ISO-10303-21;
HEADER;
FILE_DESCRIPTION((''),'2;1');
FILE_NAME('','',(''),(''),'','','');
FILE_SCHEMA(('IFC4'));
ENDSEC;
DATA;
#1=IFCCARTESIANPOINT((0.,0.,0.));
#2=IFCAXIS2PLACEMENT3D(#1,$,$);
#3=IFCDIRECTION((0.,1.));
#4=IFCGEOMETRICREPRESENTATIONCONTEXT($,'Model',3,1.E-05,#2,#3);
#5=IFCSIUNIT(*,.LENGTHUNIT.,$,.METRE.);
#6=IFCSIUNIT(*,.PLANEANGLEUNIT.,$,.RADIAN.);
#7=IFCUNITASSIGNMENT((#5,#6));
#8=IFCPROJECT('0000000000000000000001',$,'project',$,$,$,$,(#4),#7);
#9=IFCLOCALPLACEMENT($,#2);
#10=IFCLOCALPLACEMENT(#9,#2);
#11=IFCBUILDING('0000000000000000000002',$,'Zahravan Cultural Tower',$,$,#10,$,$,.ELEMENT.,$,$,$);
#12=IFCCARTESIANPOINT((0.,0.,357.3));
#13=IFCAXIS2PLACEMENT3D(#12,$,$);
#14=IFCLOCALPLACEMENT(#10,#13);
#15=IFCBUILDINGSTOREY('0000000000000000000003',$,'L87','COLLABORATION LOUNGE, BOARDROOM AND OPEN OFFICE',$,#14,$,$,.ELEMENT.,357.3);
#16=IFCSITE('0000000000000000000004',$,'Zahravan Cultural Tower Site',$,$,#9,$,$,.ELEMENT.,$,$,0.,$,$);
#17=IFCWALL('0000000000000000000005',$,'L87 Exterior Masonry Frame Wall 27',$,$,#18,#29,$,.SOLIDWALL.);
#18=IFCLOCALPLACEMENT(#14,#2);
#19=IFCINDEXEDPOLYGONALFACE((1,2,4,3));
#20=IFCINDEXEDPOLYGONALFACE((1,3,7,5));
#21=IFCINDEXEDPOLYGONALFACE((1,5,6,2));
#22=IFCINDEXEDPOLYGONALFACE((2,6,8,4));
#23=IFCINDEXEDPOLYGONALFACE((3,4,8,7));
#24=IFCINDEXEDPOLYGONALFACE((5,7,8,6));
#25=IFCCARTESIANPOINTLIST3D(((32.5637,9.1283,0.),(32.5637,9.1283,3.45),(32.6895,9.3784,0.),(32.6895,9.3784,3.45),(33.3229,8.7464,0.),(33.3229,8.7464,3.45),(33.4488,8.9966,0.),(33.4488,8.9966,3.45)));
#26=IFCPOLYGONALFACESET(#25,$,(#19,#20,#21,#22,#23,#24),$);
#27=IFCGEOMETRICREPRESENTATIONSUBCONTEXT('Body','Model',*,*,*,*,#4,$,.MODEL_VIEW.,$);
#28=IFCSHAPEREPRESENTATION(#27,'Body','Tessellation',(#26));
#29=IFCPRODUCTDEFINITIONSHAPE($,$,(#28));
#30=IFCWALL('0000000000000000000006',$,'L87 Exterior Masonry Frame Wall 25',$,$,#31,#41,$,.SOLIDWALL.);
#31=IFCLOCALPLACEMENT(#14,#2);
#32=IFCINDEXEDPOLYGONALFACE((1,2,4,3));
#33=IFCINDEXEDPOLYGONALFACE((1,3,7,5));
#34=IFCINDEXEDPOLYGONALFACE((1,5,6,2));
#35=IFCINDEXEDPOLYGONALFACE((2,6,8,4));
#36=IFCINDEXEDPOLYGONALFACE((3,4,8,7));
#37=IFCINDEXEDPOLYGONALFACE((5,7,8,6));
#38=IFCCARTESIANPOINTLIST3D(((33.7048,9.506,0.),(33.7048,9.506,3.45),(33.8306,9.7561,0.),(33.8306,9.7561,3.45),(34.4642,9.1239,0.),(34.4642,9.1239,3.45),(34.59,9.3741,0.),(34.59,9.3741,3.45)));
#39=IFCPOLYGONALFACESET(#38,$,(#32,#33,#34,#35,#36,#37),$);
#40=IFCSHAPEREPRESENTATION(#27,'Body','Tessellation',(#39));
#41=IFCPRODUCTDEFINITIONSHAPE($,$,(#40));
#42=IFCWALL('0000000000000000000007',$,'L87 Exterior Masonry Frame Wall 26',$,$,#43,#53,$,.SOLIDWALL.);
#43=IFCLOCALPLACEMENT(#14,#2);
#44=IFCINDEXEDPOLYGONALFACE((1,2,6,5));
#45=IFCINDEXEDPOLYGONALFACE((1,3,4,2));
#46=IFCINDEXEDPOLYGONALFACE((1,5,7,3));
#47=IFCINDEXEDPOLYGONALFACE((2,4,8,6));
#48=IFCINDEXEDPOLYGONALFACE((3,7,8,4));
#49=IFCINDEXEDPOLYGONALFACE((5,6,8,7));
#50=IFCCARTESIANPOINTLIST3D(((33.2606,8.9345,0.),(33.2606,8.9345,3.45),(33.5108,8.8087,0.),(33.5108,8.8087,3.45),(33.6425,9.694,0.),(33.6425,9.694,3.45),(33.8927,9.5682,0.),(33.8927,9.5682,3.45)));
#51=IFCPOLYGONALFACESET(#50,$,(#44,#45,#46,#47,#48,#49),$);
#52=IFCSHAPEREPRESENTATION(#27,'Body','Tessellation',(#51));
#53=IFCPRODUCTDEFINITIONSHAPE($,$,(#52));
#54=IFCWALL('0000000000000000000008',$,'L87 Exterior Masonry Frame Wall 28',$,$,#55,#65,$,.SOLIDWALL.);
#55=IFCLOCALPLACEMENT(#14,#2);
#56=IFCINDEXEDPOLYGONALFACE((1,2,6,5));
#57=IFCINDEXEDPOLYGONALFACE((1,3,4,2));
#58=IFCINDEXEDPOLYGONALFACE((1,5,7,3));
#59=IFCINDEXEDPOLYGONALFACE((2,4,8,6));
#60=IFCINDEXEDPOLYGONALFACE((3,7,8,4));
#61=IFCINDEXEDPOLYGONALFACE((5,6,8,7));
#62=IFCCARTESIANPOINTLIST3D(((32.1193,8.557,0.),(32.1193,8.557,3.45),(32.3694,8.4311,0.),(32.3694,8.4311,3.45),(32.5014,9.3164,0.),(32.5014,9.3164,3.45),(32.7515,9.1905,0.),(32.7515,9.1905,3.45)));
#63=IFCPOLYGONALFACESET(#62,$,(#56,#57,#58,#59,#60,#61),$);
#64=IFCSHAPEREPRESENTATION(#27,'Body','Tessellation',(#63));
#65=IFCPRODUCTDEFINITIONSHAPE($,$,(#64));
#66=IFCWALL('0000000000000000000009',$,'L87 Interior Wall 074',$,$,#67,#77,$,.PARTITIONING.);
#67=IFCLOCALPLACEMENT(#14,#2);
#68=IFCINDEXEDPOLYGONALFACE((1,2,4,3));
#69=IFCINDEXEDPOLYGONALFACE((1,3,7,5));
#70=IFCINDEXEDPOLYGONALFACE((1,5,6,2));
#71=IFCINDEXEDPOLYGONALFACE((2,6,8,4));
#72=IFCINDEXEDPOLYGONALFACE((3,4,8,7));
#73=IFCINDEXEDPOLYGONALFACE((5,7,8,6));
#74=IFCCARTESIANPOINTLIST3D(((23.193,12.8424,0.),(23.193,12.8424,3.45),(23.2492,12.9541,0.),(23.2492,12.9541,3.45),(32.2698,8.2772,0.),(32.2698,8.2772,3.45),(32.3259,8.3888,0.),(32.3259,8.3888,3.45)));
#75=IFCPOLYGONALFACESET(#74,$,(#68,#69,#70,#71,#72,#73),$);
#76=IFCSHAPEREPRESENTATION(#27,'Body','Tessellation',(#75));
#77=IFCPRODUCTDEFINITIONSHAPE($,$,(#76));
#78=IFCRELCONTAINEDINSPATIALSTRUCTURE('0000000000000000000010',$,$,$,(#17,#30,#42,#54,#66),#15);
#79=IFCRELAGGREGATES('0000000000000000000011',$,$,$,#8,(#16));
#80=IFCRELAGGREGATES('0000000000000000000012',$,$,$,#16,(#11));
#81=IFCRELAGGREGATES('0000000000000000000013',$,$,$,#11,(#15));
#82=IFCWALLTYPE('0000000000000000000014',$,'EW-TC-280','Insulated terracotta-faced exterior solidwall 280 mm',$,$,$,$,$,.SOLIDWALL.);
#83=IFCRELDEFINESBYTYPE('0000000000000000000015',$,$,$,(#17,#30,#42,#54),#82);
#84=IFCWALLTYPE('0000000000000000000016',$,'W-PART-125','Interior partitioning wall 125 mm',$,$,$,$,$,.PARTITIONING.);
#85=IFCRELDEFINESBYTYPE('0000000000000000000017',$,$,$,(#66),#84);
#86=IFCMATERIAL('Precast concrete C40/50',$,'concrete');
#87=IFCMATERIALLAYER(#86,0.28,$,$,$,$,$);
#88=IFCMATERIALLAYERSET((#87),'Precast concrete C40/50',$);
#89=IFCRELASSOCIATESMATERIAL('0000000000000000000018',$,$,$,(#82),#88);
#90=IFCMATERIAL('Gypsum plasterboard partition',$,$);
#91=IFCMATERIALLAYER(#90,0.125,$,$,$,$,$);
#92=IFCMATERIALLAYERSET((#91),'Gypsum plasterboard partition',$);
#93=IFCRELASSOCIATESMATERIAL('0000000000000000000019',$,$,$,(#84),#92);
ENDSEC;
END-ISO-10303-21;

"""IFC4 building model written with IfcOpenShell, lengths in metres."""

from ifc_helpers import new_model, si_unit, direction, frame, frame_2d, origin, place, context, subcontext, project, spatial, rectangle, extrude, source, transform, mapped, material, layer, layer_set, type_object, element, save


model = new_model("IFC4")

# Units and contexts
model_context = context("Model", 3, precision=1e-05, world=origin(), true_north=direction((0.0, 1.0)))
body_context = subcontext(model_context, "Body", "Model", "MODEL_VIEW")
ifc_project = project(units=[si_unit("LENGTHUNIT", "METRE"), si_unit("PLANEANGLEUNIT", "RADIAN")], contexts=[model_context])

# Site, building, storey
site_placement = place(None, origin())
site = spatial("IfcSite", under=ifc_project, at=site_placement, Name="Zahravan Cultural Tower Site", CompositionType="ELEMENT", RefElevation=0.0)
building_placement = place(site_placement, origin())
building = spatial("IfcBuilding", under=site, at=building_placement, Name="Zahravan Cultural Tower", CompositionType="ELEMENT")
storey_placement = place(building_placement, frame((0.0, 0.0, 357.3)))
storey = spatial("IfcBuildingStorey", under=building, at=storey_placement, Name="L87", Description="COLLABORATION LOUNGE, BOARDROOM AND OPEN OFFICE", CompositionType="ELEMENT", Elevation=357.3)

# Walls
ifc_material_1 = material(Name="Precast concrete C40/50", Category="concrete")
ifc_layer_1 = layer(ifc_material_1, 0.28)
ifc_layer_set_1 = layer_set([ifc_layer_1], Name="Precast concrete C40/50")
wall_type_1 = type_object("IfcWallType", Name="EW-TC-280", Description="Insulated terracotta-faced exterior solidwall 280 mm", PredefinedType="SOLIDWALL", material=ifc_layer_set_1)
shared_shape_1 = source(origin(), body_context, "Body", "SweptSolid", [
    extrude(rectangle(XDim=0.8499, YDim=0.28, at=frame_2d((0.4248, 0.0))), origin(), (0.0, 0.0, 1.0), 3.45),
])
wall_1_placement = place(storey_placement, frame((33.3857, 8.8716, 0.0), z_axis=(0.0, 0.0, 1.0), x_axis=(-0.893391, 0.449281, 0.0)))
element("IfcWall", 1, at=wall_1_placement, inside=storey, type_object=wall_type_1, Name="L87 Exterior Masonry Frame Wall 27", PredefinedType="SOLIDWALL", context=body_context, shape_type="MappedRepresentation", body=[
    mapped(shared_shape_1, transform((0.0, 0.0, 0.0), x_axis=(1.0, 0.0, 0.0), y_axis=(0.0, 1.0, 0.0), z_axis=(0.0, 0.0, 1.0), scale=1.0)),
])
shared_shape_2 = source(origin(), body_context, "Body", "SweptSolid", [
    extrude(rectangle(XDim=0.8501, YDim=0.28, at=frame_2d((0.425, 0.0))), origin(), (0.0, 0.0, 1.0), 3.45),
])
for number, where, z_axis, x_axis, name in (
    (2, (34.5271, 9.249, 0.0), (0.0, 0.0, 1.0), (-0.893333, 0.449395, 0.0), "L87 Exterior Masonry Frame Wall 25"),
    (3, (33.7676, 9.6311, 0.0), (0.0, 0.0, 1.0), (-0.449165, -0.893449, 0.0), "L87 Exterior Masonry Frame Wall 26"),
    (4, (32.6265, 9.2534, 0.0), (0.0, 0.0, 1.0), (-0.44951, -0.893275, 0.0), "L87 Exterior Masonry Frame Wall 28"),
):
    element("IfcWall", number, at=place(storey_placement, frame(where, z_axis=z_axis, x_axis=x_axis)), inside=storey, type_object=wall_type_1, Name=name, PredefinedType="SOLIDWALL", context=body_context, shape_type="MappedRepresentation", body=[
        mapped(shared_shape_2, transform((0.0, 0.0, 0.0), x_axis=(1.0, 0.0, 0.0), y_axis=(0.0, 1.0, 0.0), z_axis=(0.0, 0.0, 1.0), scale=1.0)),
    ])
ifc_material_2 = material(Name="Gypsum plasterboard partition")
ifc_layer_2 = layer(ifc_material_2, 0.125)
ifc_layer_set_2 = layer_set([ifc_layer_2], Name="Gypsum plasterboard partition")
wall_type_2 = type_object("IfcWallType", Name="W-PART-125", Description="Interior partitioning wall 125 mm", PredefinedType="PARTITIONING", material=ifc_layer_set_2)
shared_shape_3 = source(origin(), body_context, "Body", "SweptSolid", [
    extrude(rectangle(XDim=10.1602, YDim=0.125, at=frame_2d((5.0801, 0.0))), origin(), (0.0, 0.0, 1.0), 3.45),
])
wall_2_placement = place(storey_placement, frame((32.2979, 8.333, 0.0), z_axis=(0.0, 0.0, 1.0), x_axis=(-0.893367, 0.449327, 0.0)))
element("IfcWall", 5, at=wall_2_placement, inside=storey, type_object=wall_type_2, Name="L87 Interior Wall 074", PredefinedType="PARTITIONING", context=body_context, shape_type="MappedRepresentation", body=[
    mapped(shared_shape_3, transform((0.0, 0.0, 0.0), x_axis=(1.0, 0.0, 0.0), y_axis=(0.0, 1.0, 0.0), z_axis=(0.0, 0.0, 1.0), scale=1.0)),
])

save(model, "model.ifc")
